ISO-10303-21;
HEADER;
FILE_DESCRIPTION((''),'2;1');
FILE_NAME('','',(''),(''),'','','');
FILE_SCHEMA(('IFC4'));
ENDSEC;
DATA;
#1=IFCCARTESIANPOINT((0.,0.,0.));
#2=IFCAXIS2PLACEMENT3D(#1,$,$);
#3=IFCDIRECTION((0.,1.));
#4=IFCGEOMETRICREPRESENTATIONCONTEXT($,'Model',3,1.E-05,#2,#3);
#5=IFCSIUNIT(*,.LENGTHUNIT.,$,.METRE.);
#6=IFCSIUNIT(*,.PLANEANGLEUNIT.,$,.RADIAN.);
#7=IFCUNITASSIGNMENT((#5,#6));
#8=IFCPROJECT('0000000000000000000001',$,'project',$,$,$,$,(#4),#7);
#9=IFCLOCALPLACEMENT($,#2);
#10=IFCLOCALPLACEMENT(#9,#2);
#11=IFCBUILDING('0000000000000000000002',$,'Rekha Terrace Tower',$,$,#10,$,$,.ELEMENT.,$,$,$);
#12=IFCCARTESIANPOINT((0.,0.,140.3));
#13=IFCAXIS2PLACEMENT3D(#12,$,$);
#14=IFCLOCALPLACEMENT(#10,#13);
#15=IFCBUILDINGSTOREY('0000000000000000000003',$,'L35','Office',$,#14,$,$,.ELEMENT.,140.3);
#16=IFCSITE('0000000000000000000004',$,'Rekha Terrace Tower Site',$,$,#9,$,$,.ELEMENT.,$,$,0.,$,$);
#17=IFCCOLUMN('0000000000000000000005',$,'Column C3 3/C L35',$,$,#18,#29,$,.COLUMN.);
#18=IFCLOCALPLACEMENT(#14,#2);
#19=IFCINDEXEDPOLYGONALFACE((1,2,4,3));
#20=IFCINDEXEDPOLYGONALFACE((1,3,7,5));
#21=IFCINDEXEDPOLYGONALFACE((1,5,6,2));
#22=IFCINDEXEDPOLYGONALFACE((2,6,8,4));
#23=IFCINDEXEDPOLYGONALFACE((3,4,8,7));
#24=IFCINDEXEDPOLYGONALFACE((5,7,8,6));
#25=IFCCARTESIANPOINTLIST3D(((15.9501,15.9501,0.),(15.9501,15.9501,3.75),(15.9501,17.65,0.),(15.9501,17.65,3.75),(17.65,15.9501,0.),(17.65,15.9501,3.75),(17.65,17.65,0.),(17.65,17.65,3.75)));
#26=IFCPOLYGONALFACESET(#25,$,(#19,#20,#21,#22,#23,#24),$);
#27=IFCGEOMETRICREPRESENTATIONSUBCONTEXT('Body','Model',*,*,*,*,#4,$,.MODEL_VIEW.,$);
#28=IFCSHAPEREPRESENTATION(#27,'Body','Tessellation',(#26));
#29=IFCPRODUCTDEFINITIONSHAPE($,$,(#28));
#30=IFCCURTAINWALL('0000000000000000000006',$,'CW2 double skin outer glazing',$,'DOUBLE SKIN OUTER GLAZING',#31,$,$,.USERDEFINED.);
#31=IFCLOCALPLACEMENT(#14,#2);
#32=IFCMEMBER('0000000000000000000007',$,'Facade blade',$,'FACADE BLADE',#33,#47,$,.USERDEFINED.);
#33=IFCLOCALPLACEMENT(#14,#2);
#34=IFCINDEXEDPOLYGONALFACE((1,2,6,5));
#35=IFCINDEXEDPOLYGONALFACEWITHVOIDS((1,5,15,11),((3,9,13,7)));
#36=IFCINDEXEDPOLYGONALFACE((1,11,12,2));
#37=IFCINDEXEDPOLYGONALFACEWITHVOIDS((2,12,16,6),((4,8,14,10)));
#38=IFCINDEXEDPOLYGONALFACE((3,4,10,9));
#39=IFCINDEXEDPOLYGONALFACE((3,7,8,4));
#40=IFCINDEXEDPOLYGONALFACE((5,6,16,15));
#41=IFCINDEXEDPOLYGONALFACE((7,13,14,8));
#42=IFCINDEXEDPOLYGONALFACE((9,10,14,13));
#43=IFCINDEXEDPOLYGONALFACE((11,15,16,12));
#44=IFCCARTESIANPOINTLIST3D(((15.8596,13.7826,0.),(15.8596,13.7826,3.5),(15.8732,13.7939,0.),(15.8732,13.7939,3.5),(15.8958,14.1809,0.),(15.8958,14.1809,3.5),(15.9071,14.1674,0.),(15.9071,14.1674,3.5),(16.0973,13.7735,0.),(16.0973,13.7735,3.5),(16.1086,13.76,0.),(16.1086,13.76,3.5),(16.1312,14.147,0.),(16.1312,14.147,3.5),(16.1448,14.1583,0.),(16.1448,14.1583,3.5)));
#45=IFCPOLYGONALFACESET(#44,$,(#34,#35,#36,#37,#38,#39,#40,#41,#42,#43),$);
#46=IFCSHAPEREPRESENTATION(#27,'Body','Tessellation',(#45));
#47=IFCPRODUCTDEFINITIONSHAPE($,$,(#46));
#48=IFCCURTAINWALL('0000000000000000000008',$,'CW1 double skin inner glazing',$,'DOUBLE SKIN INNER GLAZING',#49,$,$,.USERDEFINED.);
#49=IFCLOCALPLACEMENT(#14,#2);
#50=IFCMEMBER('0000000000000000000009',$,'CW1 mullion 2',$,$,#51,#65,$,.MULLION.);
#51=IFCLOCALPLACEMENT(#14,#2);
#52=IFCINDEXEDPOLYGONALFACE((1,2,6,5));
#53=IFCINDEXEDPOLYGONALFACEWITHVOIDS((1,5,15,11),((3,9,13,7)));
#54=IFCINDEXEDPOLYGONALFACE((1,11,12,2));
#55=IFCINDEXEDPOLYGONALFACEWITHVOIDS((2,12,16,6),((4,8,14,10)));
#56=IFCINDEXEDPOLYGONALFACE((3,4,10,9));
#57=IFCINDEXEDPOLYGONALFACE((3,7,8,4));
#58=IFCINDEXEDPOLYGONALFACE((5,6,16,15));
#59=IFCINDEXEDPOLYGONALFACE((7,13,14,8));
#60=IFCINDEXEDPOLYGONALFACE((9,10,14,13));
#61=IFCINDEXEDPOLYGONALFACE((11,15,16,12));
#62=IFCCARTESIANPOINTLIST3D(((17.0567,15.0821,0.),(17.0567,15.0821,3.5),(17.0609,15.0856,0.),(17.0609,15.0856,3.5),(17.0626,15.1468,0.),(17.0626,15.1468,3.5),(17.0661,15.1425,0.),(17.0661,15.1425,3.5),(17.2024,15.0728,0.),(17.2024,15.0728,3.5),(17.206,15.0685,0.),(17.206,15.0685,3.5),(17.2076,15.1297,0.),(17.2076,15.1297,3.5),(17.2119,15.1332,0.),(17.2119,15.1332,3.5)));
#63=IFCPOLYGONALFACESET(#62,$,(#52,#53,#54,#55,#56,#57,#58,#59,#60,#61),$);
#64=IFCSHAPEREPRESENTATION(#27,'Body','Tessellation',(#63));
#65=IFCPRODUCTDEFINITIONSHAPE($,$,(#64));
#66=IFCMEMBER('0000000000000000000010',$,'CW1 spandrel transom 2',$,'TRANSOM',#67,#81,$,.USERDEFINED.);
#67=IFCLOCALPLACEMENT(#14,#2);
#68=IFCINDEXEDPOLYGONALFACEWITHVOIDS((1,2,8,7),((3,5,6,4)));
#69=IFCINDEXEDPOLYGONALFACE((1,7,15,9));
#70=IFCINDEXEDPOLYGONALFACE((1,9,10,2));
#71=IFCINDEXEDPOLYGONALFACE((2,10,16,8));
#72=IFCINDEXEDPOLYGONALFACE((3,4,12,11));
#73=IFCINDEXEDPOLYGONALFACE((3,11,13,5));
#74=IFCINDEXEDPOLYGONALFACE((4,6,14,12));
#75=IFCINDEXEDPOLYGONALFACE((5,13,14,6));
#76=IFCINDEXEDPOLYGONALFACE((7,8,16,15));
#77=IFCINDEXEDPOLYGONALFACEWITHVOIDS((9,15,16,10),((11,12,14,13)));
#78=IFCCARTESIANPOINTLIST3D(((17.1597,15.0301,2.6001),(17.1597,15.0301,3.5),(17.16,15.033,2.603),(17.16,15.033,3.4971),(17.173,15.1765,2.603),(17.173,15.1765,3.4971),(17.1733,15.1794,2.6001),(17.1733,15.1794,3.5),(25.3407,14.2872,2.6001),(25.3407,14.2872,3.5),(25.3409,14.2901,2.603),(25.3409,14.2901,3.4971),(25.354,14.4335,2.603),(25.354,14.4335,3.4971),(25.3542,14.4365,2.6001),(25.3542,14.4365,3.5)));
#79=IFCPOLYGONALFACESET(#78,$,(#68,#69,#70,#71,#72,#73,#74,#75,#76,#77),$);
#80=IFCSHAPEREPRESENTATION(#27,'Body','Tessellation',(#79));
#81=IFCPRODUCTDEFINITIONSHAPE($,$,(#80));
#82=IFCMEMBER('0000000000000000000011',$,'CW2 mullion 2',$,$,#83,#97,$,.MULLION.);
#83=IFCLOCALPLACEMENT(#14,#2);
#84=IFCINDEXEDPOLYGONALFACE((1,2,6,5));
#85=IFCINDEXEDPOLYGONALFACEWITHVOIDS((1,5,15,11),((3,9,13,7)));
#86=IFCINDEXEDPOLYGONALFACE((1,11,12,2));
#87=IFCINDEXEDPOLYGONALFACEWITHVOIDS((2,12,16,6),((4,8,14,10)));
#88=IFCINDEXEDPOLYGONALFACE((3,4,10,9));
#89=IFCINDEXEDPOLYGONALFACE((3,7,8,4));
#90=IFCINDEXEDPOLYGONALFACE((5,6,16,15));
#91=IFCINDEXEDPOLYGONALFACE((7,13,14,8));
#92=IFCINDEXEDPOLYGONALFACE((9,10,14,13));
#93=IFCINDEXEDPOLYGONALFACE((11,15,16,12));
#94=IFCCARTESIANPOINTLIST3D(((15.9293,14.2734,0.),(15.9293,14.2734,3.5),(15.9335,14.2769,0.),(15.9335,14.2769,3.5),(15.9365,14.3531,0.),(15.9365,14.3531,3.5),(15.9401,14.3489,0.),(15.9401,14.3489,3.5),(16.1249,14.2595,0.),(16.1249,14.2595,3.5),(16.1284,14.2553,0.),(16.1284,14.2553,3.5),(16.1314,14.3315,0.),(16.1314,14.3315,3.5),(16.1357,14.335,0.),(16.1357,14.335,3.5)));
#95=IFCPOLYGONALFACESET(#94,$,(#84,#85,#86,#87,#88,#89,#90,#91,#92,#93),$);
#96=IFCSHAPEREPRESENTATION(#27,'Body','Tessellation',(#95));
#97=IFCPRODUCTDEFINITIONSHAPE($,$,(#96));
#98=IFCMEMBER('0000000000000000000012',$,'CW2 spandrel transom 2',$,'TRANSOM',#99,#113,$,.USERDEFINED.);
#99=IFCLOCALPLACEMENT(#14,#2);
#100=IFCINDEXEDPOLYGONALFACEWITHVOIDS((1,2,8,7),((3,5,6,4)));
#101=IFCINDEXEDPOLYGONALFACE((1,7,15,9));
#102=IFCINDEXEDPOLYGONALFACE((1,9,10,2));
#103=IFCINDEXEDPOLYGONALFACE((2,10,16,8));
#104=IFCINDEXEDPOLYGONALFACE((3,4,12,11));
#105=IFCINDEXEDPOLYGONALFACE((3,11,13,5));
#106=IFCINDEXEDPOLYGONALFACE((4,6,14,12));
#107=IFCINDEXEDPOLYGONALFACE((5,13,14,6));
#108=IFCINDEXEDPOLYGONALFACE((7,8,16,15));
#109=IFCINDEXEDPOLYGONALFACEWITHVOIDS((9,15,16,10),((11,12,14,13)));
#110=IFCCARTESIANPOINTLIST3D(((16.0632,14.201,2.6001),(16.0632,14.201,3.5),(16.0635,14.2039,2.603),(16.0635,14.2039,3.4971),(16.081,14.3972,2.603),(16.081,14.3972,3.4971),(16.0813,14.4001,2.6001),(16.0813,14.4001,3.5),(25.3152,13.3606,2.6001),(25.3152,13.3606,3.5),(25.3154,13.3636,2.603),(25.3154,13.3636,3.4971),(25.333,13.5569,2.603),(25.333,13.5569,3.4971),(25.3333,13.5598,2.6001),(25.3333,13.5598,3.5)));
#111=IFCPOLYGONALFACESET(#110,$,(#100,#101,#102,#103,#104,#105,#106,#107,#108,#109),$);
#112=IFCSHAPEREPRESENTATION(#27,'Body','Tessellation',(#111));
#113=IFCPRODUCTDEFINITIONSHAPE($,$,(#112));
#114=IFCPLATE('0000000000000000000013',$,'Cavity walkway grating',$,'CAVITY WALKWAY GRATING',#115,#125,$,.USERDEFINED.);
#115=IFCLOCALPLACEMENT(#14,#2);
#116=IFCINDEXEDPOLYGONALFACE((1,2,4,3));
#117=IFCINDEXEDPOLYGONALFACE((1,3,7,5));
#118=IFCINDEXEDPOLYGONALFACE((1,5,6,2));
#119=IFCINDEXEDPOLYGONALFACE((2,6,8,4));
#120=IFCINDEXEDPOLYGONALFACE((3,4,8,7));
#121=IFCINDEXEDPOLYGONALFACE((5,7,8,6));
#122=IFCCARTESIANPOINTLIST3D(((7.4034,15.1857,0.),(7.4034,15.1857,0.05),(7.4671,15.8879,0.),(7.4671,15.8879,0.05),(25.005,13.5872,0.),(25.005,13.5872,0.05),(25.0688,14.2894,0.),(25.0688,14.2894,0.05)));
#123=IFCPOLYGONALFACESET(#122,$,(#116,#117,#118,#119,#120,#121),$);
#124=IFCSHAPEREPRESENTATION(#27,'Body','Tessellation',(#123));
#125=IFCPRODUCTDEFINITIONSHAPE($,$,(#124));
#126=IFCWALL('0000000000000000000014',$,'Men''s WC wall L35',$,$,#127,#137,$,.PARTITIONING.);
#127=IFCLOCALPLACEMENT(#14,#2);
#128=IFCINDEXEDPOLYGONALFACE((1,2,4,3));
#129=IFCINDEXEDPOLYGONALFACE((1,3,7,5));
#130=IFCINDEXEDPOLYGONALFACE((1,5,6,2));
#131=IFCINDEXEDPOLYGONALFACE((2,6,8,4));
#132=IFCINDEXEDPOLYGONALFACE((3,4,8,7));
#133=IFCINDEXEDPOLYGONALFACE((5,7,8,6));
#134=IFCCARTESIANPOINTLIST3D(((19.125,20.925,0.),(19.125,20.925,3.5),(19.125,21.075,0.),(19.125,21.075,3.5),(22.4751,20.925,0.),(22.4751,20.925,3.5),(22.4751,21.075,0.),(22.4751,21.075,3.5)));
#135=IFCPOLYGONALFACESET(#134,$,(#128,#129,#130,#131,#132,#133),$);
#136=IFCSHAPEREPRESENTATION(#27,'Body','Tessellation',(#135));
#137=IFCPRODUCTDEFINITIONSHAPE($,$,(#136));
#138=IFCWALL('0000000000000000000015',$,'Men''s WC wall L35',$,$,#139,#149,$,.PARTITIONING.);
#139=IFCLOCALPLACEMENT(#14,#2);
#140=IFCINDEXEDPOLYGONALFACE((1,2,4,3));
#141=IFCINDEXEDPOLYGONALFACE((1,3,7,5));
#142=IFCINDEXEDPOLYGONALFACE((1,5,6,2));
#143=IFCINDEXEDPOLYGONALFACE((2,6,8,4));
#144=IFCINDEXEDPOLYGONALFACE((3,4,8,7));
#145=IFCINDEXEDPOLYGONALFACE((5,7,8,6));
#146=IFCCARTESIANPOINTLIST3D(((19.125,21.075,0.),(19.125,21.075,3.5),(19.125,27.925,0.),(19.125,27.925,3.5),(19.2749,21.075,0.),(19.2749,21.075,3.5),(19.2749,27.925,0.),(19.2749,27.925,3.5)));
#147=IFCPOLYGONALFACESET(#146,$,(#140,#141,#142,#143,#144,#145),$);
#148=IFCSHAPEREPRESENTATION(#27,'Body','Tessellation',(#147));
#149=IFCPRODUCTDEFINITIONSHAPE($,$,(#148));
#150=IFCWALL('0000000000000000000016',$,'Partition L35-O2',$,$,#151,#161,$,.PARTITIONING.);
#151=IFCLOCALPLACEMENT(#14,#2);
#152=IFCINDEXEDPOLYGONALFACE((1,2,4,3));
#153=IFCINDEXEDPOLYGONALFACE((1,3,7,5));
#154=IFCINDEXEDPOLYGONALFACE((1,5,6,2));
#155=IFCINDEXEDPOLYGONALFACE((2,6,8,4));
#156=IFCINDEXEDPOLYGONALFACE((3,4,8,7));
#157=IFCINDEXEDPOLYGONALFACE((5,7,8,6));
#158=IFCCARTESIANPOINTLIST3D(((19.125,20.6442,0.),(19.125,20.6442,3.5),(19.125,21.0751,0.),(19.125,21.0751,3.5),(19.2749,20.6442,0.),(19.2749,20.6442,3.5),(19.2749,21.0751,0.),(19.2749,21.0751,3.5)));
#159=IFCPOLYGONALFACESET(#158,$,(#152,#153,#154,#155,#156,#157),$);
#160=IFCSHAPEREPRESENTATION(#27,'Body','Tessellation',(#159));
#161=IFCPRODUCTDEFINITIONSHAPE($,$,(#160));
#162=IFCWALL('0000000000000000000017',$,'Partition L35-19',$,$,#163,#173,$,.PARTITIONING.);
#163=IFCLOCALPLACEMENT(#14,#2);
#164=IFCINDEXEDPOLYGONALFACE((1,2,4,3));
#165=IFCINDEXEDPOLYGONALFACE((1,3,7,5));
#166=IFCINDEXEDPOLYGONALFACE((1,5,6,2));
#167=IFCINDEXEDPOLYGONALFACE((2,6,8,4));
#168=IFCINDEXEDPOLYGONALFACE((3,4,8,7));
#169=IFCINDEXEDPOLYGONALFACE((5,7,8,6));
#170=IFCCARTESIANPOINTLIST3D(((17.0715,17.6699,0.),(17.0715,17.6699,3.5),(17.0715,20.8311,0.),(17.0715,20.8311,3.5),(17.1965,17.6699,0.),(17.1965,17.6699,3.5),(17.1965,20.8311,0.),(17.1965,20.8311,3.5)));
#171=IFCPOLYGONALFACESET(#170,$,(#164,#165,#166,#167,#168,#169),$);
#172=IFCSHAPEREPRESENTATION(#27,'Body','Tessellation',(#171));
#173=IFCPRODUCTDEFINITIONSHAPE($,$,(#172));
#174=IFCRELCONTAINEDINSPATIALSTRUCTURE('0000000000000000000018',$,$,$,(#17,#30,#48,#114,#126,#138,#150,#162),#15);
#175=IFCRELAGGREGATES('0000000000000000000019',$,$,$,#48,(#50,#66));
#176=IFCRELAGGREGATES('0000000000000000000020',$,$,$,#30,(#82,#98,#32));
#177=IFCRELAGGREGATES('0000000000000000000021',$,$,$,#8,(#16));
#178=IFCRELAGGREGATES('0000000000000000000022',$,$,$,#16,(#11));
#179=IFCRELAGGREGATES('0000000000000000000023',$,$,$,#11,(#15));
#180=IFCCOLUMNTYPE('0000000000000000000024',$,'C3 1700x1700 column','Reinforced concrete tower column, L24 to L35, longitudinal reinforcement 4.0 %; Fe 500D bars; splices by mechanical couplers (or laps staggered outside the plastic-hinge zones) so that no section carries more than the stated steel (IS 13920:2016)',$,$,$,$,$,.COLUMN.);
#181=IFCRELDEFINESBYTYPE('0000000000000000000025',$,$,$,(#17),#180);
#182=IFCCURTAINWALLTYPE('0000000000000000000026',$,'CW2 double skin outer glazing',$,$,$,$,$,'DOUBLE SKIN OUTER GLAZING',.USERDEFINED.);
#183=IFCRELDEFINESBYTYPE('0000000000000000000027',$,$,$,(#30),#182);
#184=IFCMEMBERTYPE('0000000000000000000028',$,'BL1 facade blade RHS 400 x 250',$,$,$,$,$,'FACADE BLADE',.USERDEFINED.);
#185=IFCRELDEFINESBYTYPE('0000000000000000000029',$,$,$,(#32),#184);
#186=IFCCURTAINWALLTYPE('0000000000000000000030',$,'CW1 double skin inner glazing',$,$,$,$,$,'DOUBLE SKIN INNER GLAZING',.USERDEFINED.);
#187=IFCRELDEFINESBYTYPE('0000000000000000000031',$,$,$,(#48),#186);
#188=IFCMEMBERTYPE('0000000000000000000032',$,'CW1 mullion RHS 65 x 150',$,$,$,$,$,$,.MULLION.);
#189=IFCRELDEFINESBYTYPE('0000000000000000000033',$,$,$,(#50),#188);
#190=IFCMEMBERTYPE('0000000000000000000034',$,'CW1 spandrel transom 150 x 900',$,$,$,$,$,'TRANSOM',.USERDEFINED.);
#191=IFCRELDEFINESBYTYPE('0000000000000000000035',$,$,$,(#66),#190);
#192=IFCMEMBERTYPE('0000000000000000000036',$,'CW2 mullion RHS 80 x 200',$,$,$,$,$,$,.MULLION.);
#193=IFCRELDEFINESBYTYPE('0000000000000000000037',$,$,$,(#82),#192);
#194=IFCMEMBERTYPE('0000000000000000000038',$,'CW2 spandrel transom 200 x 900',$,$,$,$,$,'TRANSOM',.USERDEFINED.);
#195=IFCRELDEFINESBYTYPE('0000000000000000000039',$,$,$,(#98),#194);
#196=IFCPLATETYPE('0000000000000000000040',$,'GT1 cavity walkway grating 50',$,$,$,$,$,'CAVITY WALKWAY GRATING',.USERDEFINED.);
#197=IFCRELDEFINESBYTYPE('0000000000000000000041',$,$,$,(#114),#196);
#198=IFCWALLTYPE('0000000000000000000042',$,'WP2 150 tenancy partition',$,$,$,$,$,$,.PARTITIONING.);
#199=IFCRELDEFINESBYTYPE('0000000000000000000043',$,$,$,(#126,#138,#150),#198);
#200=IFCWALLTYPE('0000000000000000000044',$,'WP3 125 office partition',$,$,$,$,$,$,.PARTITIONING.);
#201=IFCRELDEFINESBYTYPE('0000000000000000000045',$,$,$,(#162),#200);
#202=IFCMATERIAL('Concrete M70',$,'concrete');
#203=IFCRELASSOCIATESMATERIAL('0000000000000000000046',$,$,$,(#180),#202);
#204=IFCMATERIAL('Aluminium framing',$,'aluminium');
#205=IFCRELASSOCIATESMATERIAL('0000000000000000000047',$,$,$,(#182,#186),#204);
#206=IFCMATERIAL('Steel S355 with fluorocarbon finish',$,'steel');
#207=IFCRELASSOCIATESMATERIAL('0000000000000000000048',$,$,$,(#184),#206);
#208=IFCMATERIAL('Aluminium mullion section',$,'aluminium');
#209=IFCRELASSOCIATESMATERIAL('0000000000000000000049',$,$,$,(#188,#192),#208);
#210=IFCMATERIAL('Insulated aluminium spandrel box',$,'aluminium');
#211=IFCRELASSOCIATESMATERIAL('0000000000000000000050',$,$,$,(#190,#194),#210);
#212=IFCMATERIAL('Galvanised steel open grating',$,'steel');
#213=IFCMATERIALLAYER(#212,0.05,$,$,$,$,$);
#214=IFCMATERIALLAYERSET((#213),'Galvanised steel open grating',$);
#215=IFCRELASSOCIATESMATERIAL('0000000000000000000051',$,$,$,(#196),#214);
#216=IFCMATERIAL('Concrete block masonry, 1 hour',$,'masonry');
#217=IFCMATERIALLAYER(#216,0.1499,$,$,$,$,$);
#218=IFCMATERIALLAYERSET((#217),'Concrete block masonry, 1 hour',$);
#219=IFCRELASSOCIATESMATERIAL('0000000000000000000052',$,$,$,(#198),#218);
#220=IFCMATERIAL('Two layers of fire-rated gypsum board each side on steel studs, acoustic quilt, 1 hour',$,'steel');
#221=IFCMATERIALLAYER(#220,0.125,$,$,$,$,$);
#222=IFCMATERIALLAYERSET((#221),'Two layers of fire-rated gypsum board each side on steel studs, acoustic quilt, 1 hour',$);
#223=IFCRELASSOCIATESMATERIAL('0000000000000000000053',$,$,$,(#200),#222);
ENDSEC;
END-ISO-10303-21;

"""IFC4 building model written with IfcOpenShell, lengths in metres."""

from ifc_helpers import new_model, si_unit, direction, frame, frame_2d, origin, origin_2d, place, context, subcontext, project, spatial, rectangle, hollow_rectangle, extrude, material, layer, layer_set, material_profile, profile_set, type_object, element, aggregate, save


model = new_model("IFC4")

# Units and contexts
model_context = context("Model", 3, precision=1e-05, world=origin(), true_north=direction((0.0, 1.0)))
body_context = subcontext(model_context, "Body", "Model", "MODEL_VIEW")
ifc_project = project(units=[si_unit("LENGTHUNIT", "METRE"), si_unit("PLANEANGLEUNIT", "RADIAN")], contexts=[model_context])

# Site, building, storey
site_placement = place(None, origin())
site = spatial("IfcSite", under=ifc_project, at=site_placement, Name="Rekha Terrace Tower Site", CompositionType="ELEMENT", RefElevation=0.0)
building_placement = place(site_placement, origin())
building = spatial("IfcBuilding", under=site, at=building_placement, Name="Rekha Terrace Tower", CompositionType="ELEMENT")
storey_placement = place(building_placement, frame((0.0, 0.0, 140.3)))
storey = spatial("IfcBuildingStorey", under=building, at=storey_placement, Name="L35", Description="Office", CompositionType="ELEMENT", Elevation=140.3)

# Column
ifc_material_1 = material(Name="Concrete M70", Category="concrete")
ifc_material_profile_1 = material_profile(ifc_material_1, rectangle(XDim=1.7, YDim=1.7, at=origin_2d()), Name="RC 1700x1700")
ifc_profile_set_1 = profile_set([ifc_material_profile_1], Name="Concrete M70")
column_type = type_object("IfcColumnType", Name="C3 1700x1700 column", Description="Reinforced concrete tower column, L24 to L35, longitudinal reinforcement 4.0 %; Fe 500D bars; splices by mechanical couplers (or laps staggered outside the plastic-hinge zones) so that no section carries more than the stated steel (IS 13920:2016)", PredefinedType="COLUMN", material=ifc_profile_set_1)
column_placement = place(storey_placement, frame((16.8, 16.8, 0.0), z_axis=(0.0, 0.0, 1.0), x_axis=(1.0, 0.0, 0.0)))
element("IfcColumn", 1, at=column_placement, inside=storey, type_object=column_type, Name="Column C3 3/C L35", PredefinedType="COLUMN", context=body_context, shape_type="SweptSolid", body=[
    extrude(rectangle(XDim=1.7, YDim=1.7, at=origin_2d()), origin(), (0.0, 0.0, 1.0), 3.75),
])

# Curtain wall, member
ifc_material_2 = material(Name="Aluminium framing", Category="aluminium")
curtain_wall_type_1 = type_object("IfcCurtainWallType", Name="CW2 double skin outer glazing", ElementType="DOUBLE SKIN OUTER GLAZING", PredefinedType="USERDEFINED", material=ifc_material_2)
curtain_wall_1_placement = place(storey_placement, origin())
curtain_wall_1 = element("IfcCurtainWall", 2, at=curtain_wall_1_placement, inside=storey, type_object=curtain_wall_type_1, Name="CW2 double skin outer glazing", ObjectType="DOUBLE SKIN OUTER GLAZING", PredefinedType="USERDEFINED")
ifc_material_3 = material(Name="Steel S355 with fluorocarbon finish", Category="steel")
ifc_material_profile_2 = material_profile(ifc_material_3, hollow_rectangle(XDim=0.25, YDim=0.3999, WallThickness=0.0125, at=origin_2d()), Name="RHS400x250x12.5")
ifc_profile_set_2 = profile_set([ifc_material_profile_2], Name="Steel S355 with fluorocarbon finish")
member_type_1 = type_object("IfcMemberType", Name="BL1 facade blade RHS 400 x 250", ElementType="FACADE BLADE", PredefinedType="USERDEFINED", material=ifc_profile_set_2)
member_1_placement = place(storey_placement, frame((16.0022, 13.9705, 0.0), z_axis=(0.0, 0.0, 1.0), x_axis=(0.995902, -0.09044, 0.0)))
member_1 = element("IfcMember", 3, at=member_1_placement, type_object=member_type_1, Name="Facade blade", ObjectType="FACADE BLADE", PredefinedType="USERDEFINED", context=body_context, shape_type="SweptSolid", body=[
    extrude(hollow_rectangle(XDim=0.25, YDim=0.3999, WallThickness=0.0125, at=origin_2d()), origin(), (0.0, 0.0, 1.0), 3.5),
])

# Curtain wall, members
curtain_wall_type_2 = type_object("IfcCurtainWallType", Name="CW1 double skin inner glazing", ElementType="DOUBLE SKIN INNER GLAZING", PredefinedType="USERDEFINED", material=ifc_material_2)
curtain_wall_2_placement = place(storey_placement, origin())
curtain_wall_2 = element("IfcCurtainWall", 4, at=curtain_wall_2_placement, inside=storey, type_object=curtain_wall_type_2, Name="CW1 double skin inner glazing", ObjectType="DOUBLE SKIN INNER GLAZING", PredefinedType="USERDEFINED")
ifc_material_4 = material(Name="Aluminium mullion section", Category="aluminium")
ifc_material_profile_3 = material_profile(ifc_material_4, hollow_rectangle(XDim=0.0649, YDim=0.1499, WallThickness=0.0039, at=origin_2d()), Name="AL RHS 65x150")
ifc_profile_set_3 = profile_set([ifc_material_profile_3], Name="Aluminium mullion section")
member_type_2 = type_object("IfcMemberType", Name="CW1 mullion RHS 65 x 150", PredefinedType="MULLION", material=ifc_profile_set_3)
member_2_placement = place(storey_placement, frame((17.1343, 15.1077, 0.0), z_axis=(0.0, 0.0, 1.0), x_axis=(0.09044, 0.995902, 0.0)))
member_2 = element("IfcMember", 5, at=member_2_placement, type_object=member_type_2, Name="CW1 mullion 2", PredefinedType="MULLION", context=body_context, shape_type="SweptSolid", body=[
    extrude(hollow_rectangle(XDim=0.0649, YDim=0.1499, WallThickness=0.0039, at=origin_2d()), origin(), (0.0, 0.0, 1.0), 3.5),
])
ifc_material_5 = material(Name="Insulated aluminium spandrel box", Category="aluminium")
ifc_material_profile_4 = material_profile(ifc_material_5, hollow_rectangle(XDim=0.1499, YDim=0.8999, WallThickness=0.0029, at=origin_2d()), Name="AL SPANDREL BOX 150x900")
ifc_profile_set_4 = profile_set([ifc_material_profile_4], Name="Insulated aluminium spandrel box")
member_type_3 = type_object("IfcMemberType", Name="CW1 spandrel transom 150 x 900", ElementType="TRANSOM", PredefinedType="USERDEFINED", material=ifc_profile_set_4)
member_3_placement = place(storey_placement, frame((17.1665, 15.1047, 3.05), z_axis=(0.995902, -0.090439, 0.0), x_axis=(0.090439, 0.995902, 0.0)))
member_3 = element("IfcMember", 6, at=member_3_placement, type_object=member_type_3, Name="CW1 spandrel transom 2", ObjectType="TRANSOM", PredefinedType="USERDEFINED", context=body_context, shape_type="SweptSolid", body=[
    extrude(hollow_rectangle(XDim=0.1499, YDim=0.8999, WallThickness=0.0029, at=origin_2d()), origin(), (0.0, 0.0, 1.0), 8.2146),
])
aggregate(curtain_wall_2, [member_2, member_3])

# Members
ifc_material_profile_5 = material_profile(ifc_material_4, hollow_rectangle(XDim=0.0801, YDim=0.2, WallThickness=0.0039, at=origin_2d()), Name="AL RHS 80x200")
ifc_profile_set_5 = profile_set([ifc_material_profile_5], Name="Aluminium mullion section")
member_type_4 = type_object("IfcMemberType", Name="CW2 mullion RHS 80 x 200", PredefinedType="MULLION", material=ifc_profile_set_5)
member_4_placement = place(storey_placement, frame((16.0325, 14.3042, 0.0), z_axis=(0.0, 0.0, 1.0), x_axis=(0.09044, 0.995902, 0.0)))
member_4 = element("IfcMember", 7, at=member_4_placement, type_object=member_type_4, Name="CW2 mullion 2", PredefinedType="MULLION", context=body_context, shape_type="SweptSolid", body=[
    extrude(hollow_rectangle(XDim=0.0801, YDim=0.2, WallThickness=0.0039, at=origin_2d()), origin(), (0.0, 0.0, 1.0), 3.5),
])
ifc_material_profile_6 = material_profile(ifc_material_5, hollow_rectangle(XDim=0.2, YDim=0.8999, WallThickness=0.0029, at=origin_2d()), Name="AL SPANDREL BOX 200x900")
ifc_profile_set_6 = profile_set([ifc_material_profile_6], Name="Insulated aluminium spandrel box")
member_type_5 = type_object("IfcMemberType", Name="CW2 spandrel transom 200 x 900", ElementType="TRANSOM", PredefinedType="USERDEFINED", material=ifc_profile_set_6)
member_5_placement = place(storey_placement, frame((16.0723, 14.3005, 3.05), z_axis=(0.995901, -0.090455, 0.0), x_axis=(0.090455, 0.995901, 0.0)))
member_5 = element("IfcMember", 8, at=member_5_placement, type_object=member_type_5, Name="CW2 spandrel transom 2", ObjectType="TRANSOM", PredefinedType="USERDEFINED", context=body_context, shape_type="SweptSolid", body=[
    extrude(hollow_rectangle(XDim=0.2, YDim=0.8999, WallThickness=0.0029, at=origin_2d()), origin(), (0.0, 0.0, 1.0), 9.29),
])
aggregate(curtain_wall_1, [member_4, member_5, member_1])

# Plate
ifc_material_6 = material(Name="Galvanised steel open grating", Category="steel")
ifc_layer_1 = layer(ifc_material_6, 0.05)
ifc_layer_set_1 = layer_set([ifc_layer_1], Name="Galvanised steel open grating")
plate_type = type_object("IfcPlateType", Name="GT1 cavity walkway grating 50", ElementType="CAVITY WALKWAY GRATING", PredefinedType="USERDEFINED", material=ifc_layer_set_1)
plate_placement = place(storey_placement, frame((16.2361, 14.7375, 0.0), z_axis=(0.0, 0.0, 1.0), x_axis=(0.995902, -0.09044, 0.0)))
element("IfcPlate", 9, at=plate_placement, inside=storey, type_object=plate_type, Name="Cavity walkway grating", ObjectType="CAVITY WALKWAY GRATING", PredefinedType="USERDEFINED", context=body_context, shape_type="SweptSolid", body=[
    extrude(rectangle(XDim=17.6741, YDim=0.7051, at=origin_2d()), origin(), (0.0, 0.0, 1.0), 0.05),
])

# Walls
ifc_material_7 = material(Name="Concrete block masonry, 1 hour", Category="masonry")
ifc_layer_2 = layer(ifc_material_7, 0.1499)
ifc_layer_set_2 = layer_set([ifc_layer_2], Name="Concrete block masonry, 1 hour")
wall_type_1 = type_object("IfcWallType", Name="WP2 150 tenancy partition", PredefinedType="PARTITIONING", material=ifc_layer_set_2)
wall_1_placement = place(storey_placement, frame((19.125, 21.0, 0.0), z_axis=(0.0, 0.0, 1.0), x_axis=(1.0, 0.0, 0.0)))
element("IfcWall", 10, at=wall_1_placement, inside=storey, type_object=wall_type_1, Name="Men's WC wall L35", PredefinedType="PARTITIONING", context=body_context, shape_type="SweptSolid", body=[
    extrude(rectangle(XDim=3.3501, YDim=0.1499, at=frame_2d((1.675, 0.0))), origin(), (0.0, 0.0, 1.0), 3.5),
])
wall_2_placement = place(storey_placement, frame((19.2, 21.075, 0.0), z_axis=(0.0, 0.0, 1.0), x_axis=(0.0, 1.0, 0.0)))
element("IfcWall", 11, at=wall_2_placement, inside=storey, type_object=wall_type_1, Name="Men's WC wall L35", PredefinedType="PARTITIONING", context=body_context, shape_type="SweptSolid", body=[
    extrude(rectangle(XDim=6.8501, YDim=0.1499, at=frame_2d((3.425, 0.0))), origin(), (0.0, 0.0, 1.0), 3.5),
])
wall_3_placement = place(storey_placement, frame((19.2, 21.075, 0.0), z_axis=(0.0, 0.0, 1.0), x_axis=(0.0, -1.0, 0.0)))
element("IfcWall", 12, at=wall_3_placement, inside=storey, type_object=wall_type_1, Name="Partition L35-O2", PredefinedType="PARTITIONING", context=body_context, shape_type="SweptSolid", body=[
    extrude(rectangle(XDim=0.4309, YDim=0.1499, at=frame_2d((0.2153, 0.0))), origin(), (0.0, 0.0, 1.0), 3.5),
])
ifc_material_8 = material(Name="Two layers of fire-rated gypsum board each side on steel studs, acoustic quilt, 1 hour", Category="steel")
ifc_layer_3 = layer(ifc_material_8, 0.125)
ifc_layer_set_3 = layer_set([ifc_layer_3], Name="Two layers of fire-rated gypsum board each side on steel studs, acoustic quilt, 1 hour")
wall_type_2 = type_object("IfcWallType", Name="WP3 125 office partition", PredefinedType="PARTITIONING", material=ifc_layer_set_3)
wall_4_placement = place(storey_placement, frame((17.134, 20.8311, 0.0), z_axis=(0.0, 0.0, 1.0), x_axis=(0.0, -1.0, 0.0)))
element("IfcWall", 13, at=wall_4_placement, inside=storey, type_object=wall_type_2, Name="Partition L35-19", PredefinedType="PARTITIONING", context=body_context, shape_type="SweptSolid", body=[
    extrude(rectangle(XDim=3.1611, YDim=0.125, at=frame_2d((1.5806, 0.0))), origin(), (0.0, 0.0, 1.0), 3.5),
])

save(model, "model.ifc")
